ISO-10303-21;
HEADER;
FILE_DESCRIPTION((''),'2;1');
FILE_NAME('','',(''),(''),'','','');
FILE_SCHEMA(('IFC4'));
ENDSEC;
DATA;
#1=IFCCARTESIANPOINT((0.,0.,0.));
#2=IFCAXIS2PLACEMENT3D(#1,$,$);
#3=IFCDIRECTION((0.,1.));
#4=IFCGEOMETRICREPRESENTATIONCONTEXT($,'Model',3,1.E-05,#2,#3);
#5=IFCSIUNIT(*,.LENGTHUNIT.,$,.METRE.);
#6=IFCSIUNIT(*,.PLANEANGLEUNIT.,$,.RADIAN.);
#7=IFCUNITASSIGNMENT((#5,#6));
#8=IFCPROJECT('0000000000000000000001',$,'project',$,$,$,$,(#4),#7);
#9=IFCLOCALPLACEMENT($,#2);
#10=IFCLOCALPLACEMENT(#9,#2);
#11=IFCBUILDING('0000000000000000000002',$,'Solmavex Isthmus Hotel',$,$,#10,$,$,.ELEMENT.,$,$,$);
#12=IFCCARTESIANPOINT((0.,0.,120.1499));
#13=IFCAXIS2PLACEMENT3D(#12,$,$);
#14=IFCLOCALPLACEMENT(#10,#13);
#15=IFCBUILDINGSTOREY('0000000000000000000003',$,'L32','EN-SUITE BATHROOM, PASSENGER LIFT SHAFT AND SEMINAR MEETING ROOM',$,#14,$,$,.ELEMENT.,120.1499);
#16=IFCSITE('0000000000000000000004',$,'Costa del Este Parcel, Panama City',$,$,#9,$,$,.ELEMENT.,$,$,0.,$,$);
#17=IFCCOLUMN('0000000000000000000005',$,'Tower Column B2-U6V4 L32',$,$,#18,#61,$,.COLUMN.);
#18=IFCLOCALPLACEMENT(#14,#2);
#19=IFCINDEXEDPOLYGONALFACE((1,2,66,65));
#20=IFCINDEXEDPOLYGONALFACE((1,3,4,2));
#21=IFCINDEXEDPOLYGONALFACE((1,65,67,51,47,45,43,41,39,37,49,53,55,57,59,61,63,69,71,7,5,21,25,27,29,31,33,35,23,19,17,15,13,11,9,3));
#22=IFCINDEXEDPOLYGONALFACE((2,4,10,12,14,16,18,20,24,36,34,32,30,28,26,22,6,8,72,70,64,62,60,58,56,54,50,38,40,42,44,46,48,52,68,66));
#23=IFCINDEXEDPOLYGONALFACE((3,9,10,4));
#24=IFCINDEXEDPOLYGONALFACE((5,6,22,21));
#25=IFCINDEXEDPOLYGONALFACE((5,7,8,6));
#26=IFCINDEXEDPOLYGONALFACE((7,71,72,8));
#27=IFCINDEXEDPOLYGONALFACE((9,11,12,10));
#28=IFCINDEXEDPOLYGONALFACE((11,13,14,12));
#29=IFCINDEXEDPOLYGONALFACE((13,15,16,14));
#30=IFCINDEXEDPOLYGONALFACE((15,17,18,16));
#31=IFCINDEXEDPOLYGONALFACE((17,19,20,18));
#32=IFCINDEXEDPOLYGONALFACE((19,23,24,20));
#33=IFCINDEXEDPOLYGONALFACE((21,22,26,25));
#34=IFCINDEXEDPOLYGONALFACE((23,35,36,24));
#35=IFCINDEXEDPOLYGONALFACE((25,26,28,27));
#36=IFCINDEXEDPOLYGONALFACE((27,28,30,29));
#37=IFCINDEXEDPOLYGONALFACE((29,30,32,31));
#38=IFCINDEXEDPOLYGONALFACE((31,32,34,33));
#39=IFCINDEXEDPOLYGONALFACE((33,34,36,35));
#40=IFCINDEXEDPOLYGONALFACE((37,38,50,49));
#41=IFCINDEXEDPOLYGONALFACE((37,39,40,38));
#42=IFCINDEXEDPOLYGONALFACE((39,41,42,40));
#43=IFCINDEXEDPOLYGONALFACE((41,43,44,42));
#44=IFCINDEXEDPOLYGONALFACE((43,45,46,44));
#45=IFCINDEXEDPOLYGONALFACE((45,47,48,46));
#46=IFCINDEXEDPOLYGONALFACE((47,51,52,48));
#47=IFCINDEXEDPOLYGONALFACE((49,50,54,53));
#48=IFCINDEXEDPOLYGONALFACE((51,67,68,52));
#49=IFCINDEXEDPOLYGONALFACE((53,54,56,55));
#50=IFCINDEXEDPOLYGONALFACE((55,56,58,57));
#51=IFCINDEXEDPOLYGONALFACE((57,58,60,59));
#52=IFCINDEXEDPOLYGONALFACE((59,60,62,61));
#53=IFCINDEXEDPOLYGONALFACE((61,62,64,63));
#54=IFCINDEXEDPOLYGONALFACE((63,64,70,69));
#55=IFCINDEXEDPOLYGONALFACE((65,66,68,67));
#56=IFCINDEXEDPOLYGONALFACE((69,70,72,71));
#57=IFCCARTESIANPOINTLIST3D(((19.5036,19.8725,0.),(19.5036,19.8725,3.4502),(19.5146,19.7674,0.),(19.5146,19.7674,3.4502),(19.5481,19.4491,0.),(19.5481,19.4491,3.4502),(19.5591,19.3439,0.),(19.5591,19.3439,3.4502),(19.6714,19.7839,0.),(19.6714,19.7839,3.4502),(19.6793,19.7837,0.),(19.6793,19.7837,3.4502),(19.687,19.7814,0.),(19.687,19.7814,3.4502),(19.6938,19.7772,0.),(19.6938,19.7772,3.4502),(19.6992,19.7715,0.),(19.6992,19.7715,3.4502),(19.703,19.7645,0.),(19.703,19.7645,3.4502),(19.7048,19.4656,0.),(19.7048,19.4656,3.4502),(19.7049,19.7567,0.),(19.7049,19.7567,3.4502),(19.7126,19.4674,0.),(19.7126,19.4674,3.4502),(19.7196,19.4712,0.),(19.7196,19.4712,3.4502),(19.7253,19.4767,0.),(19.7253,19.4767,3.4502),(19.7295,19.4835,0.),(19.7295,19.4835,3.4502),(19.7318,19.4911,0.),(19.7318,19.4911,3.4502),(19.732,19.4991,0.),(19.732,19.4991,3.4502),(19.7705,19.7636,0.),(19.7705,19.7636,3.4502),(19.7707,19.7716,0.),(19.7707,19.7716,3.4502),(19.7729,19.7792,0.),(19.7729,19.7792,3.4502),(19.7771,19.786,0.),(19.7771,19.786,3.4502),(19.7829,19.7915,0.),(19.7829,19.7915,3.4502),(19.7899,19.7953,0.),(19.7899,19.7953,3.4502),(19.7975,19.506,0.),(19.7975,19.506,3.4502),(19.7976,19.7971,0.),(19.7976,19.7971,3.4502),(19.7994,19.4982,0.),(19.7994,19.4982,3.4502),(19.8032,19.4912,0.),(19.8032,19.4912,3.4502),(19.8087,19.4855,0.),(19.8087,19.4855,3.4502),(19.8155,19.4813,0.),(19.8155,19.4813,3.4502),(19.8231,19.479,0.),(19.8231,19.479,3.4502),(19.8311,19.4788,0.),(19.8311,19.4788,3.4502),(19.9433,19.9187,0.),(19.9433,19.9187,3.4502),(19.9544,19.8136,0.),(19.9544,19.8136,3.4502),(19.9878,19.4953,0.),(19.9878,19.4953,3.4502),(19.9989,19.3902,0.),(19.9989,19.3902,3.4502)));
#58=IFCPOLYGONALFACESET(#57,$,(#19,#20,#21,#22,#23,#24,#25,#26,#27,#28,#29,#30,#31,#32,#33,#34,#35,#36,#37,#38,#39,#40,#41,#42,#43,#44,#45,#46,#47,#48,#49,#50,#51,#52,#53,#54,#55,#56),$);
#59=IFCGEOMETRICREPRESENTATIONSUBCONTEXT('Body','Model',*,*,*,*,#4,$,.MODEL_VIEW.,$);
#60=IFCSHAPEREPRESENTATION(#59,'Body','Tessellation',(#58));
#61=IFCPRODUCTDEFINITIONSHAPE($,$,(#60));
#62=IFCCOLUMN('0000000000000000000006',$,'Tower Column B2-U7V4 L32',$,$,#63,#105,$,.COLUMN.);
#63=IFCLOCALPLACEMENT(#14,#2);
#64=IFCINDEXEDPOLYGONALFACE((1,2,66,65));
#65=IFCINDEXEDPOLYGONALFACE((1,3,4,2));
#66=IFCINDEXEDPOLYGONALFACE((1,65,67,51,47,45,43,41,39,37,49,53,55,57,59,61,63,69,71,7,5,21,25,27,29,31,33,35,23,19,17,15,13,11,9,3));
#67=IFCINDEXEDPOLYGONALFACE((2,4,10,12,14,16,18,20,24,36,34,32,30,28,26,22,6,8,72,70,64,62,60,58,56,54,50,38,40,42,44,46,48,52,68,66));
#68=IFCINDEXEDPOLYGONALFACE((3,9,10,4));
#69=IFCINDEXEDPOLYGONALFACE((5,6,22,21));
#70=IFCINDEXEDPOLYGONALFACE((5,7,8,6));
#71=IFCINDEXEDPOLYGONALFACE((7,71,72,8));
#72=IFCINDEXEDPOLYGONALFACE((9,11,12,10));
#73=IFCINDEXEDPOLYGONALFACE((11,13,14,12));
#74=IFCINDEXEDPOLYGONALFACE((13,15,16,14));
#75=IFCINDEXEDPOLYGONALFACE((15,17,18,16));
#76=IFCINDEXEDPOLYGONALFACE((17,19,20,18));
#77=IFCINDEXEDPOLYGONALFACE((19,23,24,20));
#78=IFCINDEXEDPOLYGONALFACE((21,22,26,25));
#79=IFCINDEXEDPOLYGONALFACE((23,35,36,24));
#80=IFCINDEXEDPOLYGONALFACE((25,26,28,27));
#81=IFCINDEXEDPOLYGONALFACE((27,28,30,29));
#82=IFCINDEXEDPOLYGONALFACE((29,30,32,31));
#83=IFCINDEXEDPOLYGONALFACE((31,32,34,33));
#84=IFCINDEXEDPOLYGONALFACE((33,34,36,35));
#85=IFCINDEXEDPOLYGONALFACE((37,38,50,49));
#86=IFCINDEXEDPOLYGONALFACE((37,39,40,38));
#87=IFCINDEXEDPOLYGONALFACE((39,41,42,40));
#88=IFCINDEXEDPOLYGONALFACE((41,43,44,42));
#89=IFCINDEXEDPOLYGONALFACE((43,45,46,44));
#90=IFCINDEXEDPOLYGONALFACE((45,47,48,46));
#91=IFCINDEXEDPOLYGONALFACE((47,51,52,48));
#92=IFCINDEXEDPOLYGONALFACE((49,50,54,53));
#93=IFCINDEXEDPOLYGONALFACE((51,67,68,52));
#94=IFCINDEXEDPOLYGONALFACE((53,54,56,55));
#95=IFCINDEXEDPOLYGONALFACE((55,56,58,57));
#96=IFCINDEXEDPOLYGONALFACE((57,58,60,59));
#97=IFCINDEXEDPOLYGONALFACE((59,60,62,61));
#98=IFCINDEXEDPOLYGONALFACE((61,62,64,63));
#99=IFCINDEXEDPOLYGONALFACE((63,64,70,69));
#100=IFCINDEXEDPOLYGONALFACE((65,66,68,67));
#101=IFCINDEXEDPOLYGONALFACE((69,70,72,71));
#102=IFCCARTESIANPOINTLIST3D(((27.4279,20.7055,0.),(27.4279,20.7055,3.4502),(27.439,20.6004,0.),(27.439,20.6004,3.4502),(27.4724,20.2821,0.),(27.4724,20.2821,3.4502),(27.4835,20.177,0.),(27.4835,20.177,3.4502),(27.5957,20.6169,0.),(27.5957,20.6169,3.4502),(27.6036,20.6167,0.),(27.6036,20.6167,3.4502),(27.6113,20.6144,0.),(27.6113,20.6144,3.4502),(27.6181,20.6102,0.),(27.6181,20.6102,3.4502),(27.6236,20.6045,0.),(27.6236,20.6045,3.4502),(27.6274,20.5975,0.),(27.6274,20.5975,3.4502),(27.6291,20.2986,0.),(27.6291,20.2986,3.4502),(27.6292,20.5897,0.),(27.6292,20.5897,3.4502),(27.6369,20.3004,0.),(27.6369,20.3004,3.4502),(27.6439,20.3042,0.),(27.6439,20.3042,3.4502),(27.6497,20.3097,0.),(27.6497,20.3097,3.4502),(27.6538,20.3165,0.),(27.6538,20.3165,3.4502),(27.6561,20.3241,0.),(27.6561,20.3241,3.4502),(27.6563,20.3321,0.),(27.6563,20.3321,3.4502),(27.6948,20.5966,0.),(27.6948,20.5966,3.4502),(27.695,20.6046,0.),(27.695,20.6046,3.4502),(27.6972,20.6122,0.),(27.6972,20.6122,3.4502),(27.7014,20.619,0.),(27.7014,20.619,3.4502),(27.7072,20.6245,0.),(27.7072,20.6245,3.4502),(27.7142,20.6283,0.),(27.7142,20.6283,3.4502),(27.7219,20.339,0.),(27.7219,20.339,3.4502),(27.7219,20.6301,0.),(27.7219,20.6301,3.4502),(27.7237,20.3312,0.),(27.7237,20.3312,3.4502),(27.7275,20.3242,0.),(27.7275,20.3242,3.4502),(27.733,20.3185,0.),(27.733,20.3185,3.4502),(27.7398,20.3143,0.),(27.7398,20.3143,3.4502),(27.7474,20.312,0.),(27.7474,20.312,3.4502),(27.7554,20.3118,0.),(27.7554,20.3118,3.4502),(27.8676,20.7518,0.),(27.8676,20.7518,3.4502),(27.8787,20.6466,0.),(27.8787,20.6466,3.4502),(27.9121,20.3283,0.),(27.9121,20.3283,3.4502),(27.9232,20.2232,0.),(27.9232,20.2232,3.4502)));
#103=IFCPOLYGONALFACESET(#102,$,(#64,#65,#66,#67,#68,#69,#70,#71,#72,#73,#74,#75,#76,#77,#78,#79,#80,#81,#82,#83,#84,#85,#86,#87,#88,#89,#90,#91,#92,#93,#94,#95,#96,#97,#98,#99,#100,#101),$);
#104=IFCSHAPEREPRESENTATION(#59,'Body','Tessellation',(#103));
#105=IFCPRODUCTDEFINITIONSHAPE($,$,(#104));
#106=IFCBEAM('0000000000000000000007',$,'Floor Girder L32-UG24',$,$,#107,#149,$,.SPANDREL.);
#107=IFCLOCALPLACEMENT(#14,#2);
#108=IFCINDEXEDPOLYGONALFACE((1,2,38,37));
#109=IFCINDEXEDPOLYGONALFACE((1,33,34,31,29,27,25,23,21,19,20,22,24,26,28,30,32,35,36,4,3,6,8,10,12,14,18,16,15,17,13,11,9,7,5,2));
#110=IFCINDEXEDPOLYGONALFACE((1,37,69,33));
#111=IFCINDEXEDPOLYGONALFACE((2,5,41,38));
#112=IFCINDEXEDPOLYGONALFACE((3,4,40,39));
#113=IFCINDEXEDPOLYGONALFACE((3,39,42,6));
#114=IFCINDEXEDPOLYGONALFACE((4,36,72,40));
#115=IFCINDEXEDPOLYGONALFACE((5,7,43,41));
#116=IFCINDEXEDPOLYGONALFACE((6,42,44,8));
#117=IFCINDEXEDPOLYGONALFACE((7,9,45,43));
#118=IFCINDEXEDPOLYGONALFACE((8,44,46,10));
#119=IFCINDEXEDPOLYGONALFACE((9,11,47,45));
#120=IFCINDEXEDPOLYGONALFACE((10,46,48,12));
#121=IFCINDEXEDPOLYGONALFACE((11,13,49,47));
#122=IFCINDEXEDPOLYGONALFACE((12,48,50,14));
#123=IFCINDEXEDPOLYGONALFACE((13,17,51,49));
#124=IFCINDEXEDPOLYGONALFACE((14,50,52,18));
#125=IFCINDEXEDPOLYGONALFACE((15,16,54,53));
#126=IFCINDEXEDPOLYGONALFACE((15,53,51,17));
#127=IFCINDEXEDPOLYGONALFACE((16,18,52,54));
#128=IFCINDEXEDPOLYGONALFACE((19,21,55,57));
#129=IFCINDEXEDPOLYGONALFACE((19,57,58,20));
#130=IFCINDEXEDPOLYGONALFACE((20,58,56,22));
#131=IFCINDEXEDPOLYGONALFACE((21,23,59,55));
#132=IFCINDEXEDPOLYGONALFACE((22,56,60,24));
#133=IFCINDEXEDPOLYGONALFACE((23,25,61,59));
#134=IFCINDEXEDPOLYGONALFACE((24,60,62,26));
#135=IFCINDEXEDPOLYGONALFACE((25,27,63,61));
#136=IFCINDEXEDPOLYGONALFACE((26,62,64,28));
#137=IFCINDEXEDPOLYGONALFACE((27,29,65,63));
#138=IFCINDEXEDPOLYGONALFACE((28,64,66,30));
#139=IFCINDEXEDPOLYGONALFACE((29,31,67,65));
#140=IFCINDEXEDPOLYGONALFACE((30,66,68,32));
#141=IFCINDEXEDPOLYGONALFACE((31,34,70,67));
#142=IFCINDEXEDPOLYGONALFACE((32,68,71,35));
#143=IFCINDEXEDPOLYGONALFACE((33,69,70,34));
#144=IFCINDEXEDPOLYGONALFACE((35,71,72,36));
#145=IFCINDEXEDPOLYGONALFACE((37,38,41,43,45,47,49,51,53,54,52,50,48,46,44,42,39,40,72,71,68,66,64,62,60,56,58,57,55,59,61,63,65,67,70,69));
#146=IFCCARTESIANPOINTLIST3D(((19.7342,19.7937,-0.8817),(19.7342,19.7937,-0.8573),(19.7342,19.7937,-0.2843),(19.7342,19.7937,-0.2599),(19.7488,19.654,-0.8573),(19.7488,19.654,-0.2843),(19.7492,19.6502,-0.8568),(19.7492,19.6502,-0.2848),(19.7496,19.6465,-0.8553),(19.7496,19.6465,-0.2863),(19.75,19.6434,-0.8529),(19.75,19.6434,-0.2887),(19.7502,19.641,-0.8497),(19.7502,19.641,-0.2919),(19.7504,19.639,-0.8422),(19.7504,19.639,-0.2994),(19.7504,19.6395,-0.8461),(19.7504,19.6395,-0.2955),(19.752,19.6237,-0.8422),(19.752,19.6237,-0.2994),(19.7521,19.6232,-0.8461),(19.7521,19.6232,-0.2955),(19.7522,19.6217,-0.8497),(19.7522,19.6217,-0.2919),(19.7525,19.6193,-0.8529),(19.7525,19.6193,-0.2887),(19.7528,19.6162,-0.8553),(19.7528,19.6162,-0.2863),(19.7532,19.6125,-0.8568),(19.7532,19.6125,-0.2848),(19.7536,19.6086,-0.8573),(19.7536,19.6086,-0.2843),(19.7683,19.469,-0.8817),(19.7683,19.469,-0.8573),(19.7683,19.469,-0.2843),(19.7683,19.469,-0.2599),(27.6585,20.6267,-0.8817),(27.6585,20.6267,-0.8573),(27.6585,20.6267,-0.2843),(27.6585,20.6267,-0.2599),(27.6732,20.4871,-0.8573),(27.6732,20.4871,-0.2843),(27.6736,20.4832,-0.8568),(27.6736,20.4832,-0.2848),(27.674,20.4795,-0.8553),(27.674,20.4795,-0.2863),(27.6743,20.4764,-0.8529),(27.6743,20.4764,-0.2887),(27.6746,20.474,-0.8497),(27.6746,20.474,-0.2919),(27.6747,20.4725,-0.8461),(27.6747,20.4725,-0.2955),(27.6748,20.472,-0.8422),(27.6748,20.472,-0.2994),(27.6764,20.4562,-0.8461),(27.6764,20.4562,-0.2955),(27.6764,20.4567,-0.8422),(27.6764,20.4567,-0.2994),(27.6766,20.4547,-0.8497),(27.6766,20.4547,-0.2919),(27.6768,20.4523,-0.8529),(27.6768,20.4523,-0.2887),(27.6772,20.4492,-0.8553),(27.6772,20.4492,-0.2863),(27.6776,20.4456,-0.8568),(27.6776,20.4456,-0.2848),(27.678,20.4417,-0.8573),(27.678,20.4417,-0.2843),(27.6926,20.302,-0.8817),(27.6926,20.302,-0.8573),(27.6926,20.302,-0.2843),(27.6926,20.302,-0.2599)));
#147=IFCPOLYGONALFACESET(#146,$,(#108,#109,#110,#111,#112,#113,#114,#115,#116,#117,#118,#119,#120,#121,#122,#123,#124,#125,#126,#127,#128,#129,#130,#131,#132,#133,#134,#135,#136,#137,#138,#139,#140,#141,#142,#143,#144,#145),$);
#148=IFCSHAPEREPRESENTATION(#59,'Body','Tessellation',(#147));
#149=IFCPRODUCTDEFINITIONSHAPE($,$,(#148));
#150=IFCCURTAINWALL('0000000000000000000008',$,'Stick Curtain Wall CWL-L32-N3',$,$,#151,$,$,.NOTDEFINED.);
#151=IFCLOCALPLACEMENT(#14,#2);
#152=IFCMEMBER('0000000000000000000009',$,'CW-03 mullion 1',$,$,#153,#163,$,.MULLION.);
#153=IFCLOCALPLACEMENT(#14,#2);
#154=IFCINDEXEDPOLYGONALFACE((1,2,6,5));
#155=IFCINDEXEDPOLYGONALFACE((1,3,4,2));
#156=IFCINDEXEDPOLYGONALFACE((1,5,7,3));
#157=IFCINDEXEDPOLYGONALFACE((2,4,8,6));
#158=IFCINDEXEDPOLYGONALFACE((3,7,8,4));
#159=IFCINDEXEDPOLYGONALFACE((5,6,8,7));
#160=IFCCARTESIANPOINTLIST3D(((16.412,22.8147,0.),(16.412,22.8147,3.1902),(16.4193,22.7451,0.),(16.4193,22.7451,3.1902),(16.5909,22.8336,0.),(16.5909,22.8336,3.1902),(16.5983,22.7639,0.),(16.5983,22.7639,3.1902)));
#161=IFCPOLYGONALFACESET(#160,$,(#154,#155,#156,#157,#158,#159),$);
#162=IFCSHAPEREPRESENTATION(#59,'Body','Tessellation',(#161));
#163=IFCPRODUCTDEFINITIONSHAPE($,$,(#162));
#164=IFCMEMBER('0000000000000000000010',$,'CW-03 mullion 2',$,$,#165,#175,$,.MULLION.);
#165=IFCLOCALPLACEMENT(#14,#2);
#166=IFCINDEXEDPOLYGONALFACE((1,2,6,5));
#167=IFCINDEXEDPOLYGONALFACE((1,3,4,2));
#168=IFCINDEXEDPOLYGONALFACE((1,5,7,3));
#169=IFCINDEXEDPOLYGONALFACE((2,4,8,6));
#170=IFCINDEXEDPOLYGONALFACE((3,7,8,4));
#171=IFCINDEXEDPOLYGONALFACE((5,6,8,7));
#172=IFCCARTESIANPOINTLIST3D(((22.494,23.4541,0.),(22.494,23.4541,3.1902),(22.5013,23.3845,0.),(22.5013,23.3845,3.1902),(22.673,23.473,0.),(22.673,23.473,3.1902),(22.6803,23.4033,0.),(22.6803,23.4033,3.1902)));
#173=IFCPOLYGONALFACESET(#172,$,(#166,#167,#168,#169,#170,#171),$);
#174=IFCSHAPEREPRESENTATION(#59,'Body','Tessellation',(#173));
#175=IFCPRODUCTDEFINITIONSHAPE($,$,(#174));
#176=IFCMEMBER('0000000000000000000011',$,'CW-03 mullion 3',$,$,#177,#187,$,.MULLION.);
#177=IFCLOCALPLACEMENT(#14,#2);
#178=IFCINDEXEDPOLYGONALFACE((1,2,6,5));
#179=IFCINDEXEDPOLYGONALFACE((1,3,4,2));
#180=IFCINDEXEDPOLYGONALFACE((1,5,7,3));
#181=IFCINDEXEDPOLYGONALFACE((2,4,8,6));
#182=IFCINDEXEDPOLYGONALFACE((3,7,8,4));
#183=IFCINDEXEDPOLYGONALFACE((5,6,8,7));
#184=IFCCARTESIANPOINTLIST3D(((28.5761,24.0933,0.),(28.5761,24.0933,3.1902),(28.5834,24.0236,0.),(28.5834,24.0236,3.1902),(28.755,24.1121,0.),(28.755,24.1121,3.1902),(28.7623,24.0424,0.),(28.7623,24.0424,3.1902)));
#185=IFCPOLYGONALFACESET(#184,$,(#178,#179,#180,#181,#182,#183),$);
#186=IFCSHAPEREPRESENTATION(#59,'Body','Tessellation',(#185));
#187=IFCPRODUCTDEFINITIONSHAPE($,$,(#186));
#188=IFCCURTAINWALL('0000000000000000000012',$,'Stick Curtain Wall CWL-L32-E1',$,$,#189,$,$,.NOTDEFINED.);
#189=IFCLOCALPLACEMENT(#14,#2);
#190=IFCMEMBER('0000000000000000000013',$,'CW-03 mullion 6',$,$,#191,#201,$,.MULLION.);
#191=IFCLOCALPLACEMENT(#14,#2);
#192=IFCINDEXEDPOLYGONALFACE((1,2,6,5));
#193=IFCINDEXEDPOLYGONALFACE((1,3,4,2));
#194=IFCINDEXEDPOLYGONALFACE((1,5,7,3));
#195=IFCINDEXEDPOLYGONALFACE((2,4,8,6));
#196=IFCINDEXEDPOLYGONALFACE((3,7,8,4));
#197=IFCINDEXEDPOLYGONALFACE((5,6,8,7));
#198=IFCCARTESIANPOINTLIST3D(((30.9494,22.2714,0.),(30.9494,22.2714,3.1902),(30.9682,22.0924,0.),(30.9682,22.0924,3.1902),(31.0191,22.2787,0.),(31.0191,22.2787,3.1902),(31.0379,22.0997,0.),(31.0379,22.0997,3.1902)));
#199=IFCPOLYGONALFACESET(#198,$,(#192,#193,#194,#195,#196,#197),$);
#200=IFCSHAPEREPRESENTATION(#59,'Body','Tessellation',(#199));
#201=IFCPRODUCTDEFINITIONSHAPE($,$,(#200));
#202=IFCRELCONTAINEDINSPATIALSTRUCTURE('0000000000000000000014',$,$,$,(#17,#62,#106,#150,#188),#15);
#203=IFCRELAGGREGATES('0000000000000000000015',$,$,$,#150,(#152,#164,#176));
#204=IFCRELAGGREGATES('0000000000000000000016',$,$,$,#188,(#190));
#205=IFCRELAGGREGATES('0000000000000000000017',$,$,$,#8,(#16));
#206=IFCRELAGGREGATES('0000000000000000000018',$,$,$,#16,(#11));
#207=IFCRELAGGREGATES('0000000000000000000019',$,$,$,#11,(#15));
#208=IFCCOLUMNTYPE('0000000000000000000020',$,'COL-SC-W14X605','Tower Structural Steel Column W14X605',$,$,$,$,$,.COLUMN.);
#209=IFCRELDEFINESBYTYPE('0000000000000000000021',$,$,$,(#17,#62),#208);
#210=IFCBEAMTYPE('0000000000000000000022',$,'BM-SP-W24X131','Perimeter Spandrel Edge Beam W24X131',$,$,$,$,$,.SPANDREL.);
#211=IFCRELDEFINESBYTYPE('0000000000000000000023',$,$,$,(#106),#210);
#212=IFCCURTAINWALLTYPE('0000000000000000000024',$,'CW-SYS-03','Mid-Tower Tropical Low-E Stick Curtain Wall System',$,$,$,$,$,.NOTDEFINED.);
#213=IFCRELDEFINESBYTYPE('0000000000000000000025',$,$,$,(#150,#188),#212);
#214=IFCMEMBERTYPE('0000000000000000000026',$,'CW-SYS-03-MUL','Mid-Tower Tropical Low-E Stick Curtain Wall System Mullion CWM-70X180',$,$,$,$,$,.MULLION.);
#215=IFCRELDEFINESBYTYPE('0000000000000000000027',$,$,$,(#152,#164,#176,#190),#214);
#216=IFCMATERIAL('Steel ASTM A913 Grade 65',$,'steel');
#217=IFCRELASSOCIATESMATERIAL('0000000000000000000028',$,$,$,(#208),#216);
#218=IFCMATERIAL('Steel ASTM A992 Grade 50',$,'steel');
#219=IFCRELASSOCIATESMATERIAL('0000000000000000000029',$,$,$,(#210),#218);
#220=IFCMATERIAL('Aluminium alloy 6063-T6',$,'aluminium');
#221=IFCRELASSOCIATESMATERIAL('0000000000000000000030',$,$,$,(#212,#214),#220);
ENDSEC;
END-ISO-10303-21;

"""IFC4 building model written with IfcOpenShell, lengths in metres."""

from ifc_helpers import new_model, si_unit, direction, frame, origin, origin_2d, place, context, subcontext, project, spatial, rectangle, i_section, extrude, material, material_profile, profile_set, type_object, element, aggregate, save


model = new_model("IFC4")

# Units and contexts
model_context = context("Model", 3, precision=1e-05, world=origin(), true_north=direction((0.0, 1.0)))
body_context = subcontext(model_context, "Body", "Model", "MODEL_VIEW")
ifc_project = project(units=[si_unit("LENGTHUNIT", "METRE"), si_unit("PLANEANGLEUNIT", "RADIAN")], contexts=[model_context])

# Site, building, storey
site_placement = place(None, origin())
site = spatial("IfcSite", under=ifc_project, at=site_placement, Name="Costa del Este Parcel, Panama City", CompositionType="ELEMENT", RefElevation=0.0)
building_placement = place(site_placement, origin())
building = spatial("IfcBuilding", under=site, at=building_placement, Name="Solmavex Isthmus Hotel", CompositionType="ELEMENT")
storey_placement = place(building_placement, frame((0.0, 0.0, 120.1499)))
storey = spatial("IfcBuildingStorey", under=building, at=storey_placement, Name="L32", Description="EN-SUITE BATHROOM, PASSENGER LIFT SHAFT AND SEMINAR MEETING ROOM", CompositionType="ELEMENT", Elevation=120.1499)

# Columns
ifc_material_1 = material(Name="Steel ASTM A913 Grade 65", Category="steel")
ifc_material_profile_1 = material_profile(ifc_material_1, i_section(OverallWidth=0.4421, OverallDepth=0.5315, WebThickness=0.0659, FlangeThickness=0.1057, FilletRadius=0.0305, at=origin_2d()), Name="W14X605")
ifc_profile_set_1 = profile_set([ifc_material_profile_1], Name="Steel ASTM A913 Grade 65")
column_type = type_object("IfcColumnType", Name="COL-SC-W14X605", Description="Tower Structural Steel Column W14X605", PredefinedType="COLUMN", material=ifc_profile_set_1)
for number, where, z_axis, x_axis, name in (
    (1, (19.7512, 19.6313, 0.0), (0.0, 0.0, 1.0), (0.994522, 0.104528, 0.0), "Tower Column B2-U6V4 L32"),
    (2, (27.6755, 20.4644, 0.0), (0.0, 0.0, 1.0), (0.994522, 0.104528, 0.0), "Tower Column B2-U7V4 L32"),
):
    element("IfcColumn", number, at=place(storey_placement, frame(where, z_axis=z_axis, x_axis=x_axis)), inside=storey, type_object=column_type, Name=name, PredefinedType="COLUMN", context=body_context, shape_type="SweptSolid", body=[
        extrude(i_section(OverallWidth=0.4421, OverallDepth=0.5315, WebThickness=0.0659, FlangeThickness=0.1057, FilletRadius=0.0305, at=origin_2d()), origin(), (0.0, 0.0, 1.0), 3.4502),
    ])

# Beam
ifc_material_2 = material(Name="Steel ASTM A992 Grade 50", Category="steel")
ifc_material_profile_2 = material_profile(ifc_material_2, i_section(OverallWidth=0.3264, OverallDepth=0.6218, WebThickness=0.0154, FlangeThickness=0.0244, FilletRadius=0.0151, at=origin_2d()), Name="W24X131")
ifc_profile_set_2 = profile_set([ifc_material_profile_2], Name="Steel ASTM A992 Grade 50")
beam_type = type_object("IfcBeamType", Name="BM-SP-W24X131", Description="Perimeter Spandrel Edge Beam W24X131", PredefinedType="SPANDREL", material=ifc_profile_set_2)
beam_placement = place(storey_placement, frame((19.7512, 19.6313, -0.5708), z_axis=(0.99452, 0.104544, 0.0), x_axis=(-0.104544, 0.99452, 0.0)))
element("IfcBeam", 3, at=beam_placement, inside=storey, type_object=beam_type, Name="Floor Girder L32-UG24", PredefinedType="SPANDREL", context=body_context, shape_type="SweptSolid", body=[
    extrude(i_section(OverallWidth=0.3264, OverallDepth=0.6218, WebThickness=0.0154, FlangeThickness=0.0244, FilletRadius=0.0151, at=origin_2d()), origin(), (0.0, 0.0, 1.0), 7.968),
])

# Curtain wall, members
ifc_material_3 = material(Name="Aluminium alloy 6063-T6", Category="aluminium")
curtain_wall_type = type_object("IfcCurtainWallType", Name="CW-SYS-03", Description="Mid-Tower Tropical Low-E Stick Curtain Wall System", PredefinedType="NOTDEFINED", material=ifc_material_3)
curtain_wall_1_placement = place(storey_placement, origin())
curtain_wall_1 = element("IfcCurtainWall", 4, at=curtain_wall_1_placement, inside=storey, type_object=curtain_wall_type, Name="Stick Curtain Wall CWL-L32-N3", PredefinedType="NOTDEFINED")
ifc_material_profile_3 = material_profile(ifc_material_3, rectangle(XDim=0.0701, YDim=0.1799, at=origin_2d()), Name="CWM-70X180")
ifc_profile_set_3 = profile_set([ifc_material_profile_3], Name="Aluminium alloy 6063-T6")
member_type_1 = type_object("IfcMemberType", Name="CW-SYS-03-MUL", Description="Mid-Tower Tropical Low-E Stick Curtain Wall System Mullion CWM-70X180", PredefinedType="MULLION", material=ifc_profile_set_3)
member_1_placement = place(storey_placement, frame((16.5051, 22.7893, 0.0), z_axis=(0.0, 0.0, 1.0), x_axis=(-0.104528, 0.994522, 0.0)))
member_1 = element("IfcMember", 5, at=member_1_placement, type_object=member_type_1, Name="CW-03 mullion 1", PredefinedType="MULLION", context=body_context, shape_type="SweptSolid", body=[
    extrude(rectangle(XDim=0.0701, YDim=0.1799, at=origin_2d()), origin(), (0.0, 0.0, 1.0), 3.1902),
])
member_2_placement = place(storey_placement, frame((22.5872, 23.4287, 0.0), z_axis=(0.0, 0.0, 1.0), x_axis=(-0.104528, 0.994522, 0.0)))
member_2 = element("IfcMember", 6, at=member_2_placement, type_object=member_type_1, Name="CW-03 mullion 2", PredefinedType="MULLION", context=body_context, shape_type="SweptSolid", body=[
    extrude(rectangle(XDim=0.0701, YDim=0.1799, at=origin_2d()), origin(), (0.0, 0.0, 1.0), 3.1902),
])
member_3_placement = place(storey_placement, frame((28.6692, 24.0679, 0.0), z_axis=(0.0, 0.0, 1.0), x_axis=(-0.104528, 0.994522, 0.0)))
member_3 = element("IfcMember", 7, at=member_3_placement, type_object=member_type_1, Name="CW-03 mullion 3", PredefinedType="MULLION", context=body_context, shape_type="SweptSolid", body=[
    extrude(rectangle(XDim=0.0701, YDim=0.1799, at=origin_2d()), origin(), (0.0, 0.0, 1.0), 3.1902),
])

# Curtain wall, member
curtain_wall_2_placement = place(storey_placement, origin())
curtain_wall_2 = element("IfcCurtainWall", 8, at=curtain_wall_2_placement, inside=storey, type_object=curtain_wall_type, Name="Stick Curtain Wall CWL-L32-E1", PredefinedType="NOTDEFINED")
member_4_placement = place(storey_placement, frame((30.9937, 22.1855, 0.0), z_axis=(0.0, 0.0, 1.0), x_axis=(-0.994522, -0.104528, 0.0)))
member_4 = element("IfcMember", 9, at=member_4_placement, type_object=member_type_1, Name="CW-03 mullion 6", PredefinedType="MULLION", context=body_context, shape_type="SweptSolid", body=[
    extrude(rectangle(XDim=0.0701, YDim=0.1799, at=origin_2d()), origin(), (0.0, 0.0, 1.0), 3.1902),
])

aggregate(curtain_wall_1, [member_1, member_2, member_3])
aggregate(curtain_wall_2, [member_4])

save(model, "model.ifc")
